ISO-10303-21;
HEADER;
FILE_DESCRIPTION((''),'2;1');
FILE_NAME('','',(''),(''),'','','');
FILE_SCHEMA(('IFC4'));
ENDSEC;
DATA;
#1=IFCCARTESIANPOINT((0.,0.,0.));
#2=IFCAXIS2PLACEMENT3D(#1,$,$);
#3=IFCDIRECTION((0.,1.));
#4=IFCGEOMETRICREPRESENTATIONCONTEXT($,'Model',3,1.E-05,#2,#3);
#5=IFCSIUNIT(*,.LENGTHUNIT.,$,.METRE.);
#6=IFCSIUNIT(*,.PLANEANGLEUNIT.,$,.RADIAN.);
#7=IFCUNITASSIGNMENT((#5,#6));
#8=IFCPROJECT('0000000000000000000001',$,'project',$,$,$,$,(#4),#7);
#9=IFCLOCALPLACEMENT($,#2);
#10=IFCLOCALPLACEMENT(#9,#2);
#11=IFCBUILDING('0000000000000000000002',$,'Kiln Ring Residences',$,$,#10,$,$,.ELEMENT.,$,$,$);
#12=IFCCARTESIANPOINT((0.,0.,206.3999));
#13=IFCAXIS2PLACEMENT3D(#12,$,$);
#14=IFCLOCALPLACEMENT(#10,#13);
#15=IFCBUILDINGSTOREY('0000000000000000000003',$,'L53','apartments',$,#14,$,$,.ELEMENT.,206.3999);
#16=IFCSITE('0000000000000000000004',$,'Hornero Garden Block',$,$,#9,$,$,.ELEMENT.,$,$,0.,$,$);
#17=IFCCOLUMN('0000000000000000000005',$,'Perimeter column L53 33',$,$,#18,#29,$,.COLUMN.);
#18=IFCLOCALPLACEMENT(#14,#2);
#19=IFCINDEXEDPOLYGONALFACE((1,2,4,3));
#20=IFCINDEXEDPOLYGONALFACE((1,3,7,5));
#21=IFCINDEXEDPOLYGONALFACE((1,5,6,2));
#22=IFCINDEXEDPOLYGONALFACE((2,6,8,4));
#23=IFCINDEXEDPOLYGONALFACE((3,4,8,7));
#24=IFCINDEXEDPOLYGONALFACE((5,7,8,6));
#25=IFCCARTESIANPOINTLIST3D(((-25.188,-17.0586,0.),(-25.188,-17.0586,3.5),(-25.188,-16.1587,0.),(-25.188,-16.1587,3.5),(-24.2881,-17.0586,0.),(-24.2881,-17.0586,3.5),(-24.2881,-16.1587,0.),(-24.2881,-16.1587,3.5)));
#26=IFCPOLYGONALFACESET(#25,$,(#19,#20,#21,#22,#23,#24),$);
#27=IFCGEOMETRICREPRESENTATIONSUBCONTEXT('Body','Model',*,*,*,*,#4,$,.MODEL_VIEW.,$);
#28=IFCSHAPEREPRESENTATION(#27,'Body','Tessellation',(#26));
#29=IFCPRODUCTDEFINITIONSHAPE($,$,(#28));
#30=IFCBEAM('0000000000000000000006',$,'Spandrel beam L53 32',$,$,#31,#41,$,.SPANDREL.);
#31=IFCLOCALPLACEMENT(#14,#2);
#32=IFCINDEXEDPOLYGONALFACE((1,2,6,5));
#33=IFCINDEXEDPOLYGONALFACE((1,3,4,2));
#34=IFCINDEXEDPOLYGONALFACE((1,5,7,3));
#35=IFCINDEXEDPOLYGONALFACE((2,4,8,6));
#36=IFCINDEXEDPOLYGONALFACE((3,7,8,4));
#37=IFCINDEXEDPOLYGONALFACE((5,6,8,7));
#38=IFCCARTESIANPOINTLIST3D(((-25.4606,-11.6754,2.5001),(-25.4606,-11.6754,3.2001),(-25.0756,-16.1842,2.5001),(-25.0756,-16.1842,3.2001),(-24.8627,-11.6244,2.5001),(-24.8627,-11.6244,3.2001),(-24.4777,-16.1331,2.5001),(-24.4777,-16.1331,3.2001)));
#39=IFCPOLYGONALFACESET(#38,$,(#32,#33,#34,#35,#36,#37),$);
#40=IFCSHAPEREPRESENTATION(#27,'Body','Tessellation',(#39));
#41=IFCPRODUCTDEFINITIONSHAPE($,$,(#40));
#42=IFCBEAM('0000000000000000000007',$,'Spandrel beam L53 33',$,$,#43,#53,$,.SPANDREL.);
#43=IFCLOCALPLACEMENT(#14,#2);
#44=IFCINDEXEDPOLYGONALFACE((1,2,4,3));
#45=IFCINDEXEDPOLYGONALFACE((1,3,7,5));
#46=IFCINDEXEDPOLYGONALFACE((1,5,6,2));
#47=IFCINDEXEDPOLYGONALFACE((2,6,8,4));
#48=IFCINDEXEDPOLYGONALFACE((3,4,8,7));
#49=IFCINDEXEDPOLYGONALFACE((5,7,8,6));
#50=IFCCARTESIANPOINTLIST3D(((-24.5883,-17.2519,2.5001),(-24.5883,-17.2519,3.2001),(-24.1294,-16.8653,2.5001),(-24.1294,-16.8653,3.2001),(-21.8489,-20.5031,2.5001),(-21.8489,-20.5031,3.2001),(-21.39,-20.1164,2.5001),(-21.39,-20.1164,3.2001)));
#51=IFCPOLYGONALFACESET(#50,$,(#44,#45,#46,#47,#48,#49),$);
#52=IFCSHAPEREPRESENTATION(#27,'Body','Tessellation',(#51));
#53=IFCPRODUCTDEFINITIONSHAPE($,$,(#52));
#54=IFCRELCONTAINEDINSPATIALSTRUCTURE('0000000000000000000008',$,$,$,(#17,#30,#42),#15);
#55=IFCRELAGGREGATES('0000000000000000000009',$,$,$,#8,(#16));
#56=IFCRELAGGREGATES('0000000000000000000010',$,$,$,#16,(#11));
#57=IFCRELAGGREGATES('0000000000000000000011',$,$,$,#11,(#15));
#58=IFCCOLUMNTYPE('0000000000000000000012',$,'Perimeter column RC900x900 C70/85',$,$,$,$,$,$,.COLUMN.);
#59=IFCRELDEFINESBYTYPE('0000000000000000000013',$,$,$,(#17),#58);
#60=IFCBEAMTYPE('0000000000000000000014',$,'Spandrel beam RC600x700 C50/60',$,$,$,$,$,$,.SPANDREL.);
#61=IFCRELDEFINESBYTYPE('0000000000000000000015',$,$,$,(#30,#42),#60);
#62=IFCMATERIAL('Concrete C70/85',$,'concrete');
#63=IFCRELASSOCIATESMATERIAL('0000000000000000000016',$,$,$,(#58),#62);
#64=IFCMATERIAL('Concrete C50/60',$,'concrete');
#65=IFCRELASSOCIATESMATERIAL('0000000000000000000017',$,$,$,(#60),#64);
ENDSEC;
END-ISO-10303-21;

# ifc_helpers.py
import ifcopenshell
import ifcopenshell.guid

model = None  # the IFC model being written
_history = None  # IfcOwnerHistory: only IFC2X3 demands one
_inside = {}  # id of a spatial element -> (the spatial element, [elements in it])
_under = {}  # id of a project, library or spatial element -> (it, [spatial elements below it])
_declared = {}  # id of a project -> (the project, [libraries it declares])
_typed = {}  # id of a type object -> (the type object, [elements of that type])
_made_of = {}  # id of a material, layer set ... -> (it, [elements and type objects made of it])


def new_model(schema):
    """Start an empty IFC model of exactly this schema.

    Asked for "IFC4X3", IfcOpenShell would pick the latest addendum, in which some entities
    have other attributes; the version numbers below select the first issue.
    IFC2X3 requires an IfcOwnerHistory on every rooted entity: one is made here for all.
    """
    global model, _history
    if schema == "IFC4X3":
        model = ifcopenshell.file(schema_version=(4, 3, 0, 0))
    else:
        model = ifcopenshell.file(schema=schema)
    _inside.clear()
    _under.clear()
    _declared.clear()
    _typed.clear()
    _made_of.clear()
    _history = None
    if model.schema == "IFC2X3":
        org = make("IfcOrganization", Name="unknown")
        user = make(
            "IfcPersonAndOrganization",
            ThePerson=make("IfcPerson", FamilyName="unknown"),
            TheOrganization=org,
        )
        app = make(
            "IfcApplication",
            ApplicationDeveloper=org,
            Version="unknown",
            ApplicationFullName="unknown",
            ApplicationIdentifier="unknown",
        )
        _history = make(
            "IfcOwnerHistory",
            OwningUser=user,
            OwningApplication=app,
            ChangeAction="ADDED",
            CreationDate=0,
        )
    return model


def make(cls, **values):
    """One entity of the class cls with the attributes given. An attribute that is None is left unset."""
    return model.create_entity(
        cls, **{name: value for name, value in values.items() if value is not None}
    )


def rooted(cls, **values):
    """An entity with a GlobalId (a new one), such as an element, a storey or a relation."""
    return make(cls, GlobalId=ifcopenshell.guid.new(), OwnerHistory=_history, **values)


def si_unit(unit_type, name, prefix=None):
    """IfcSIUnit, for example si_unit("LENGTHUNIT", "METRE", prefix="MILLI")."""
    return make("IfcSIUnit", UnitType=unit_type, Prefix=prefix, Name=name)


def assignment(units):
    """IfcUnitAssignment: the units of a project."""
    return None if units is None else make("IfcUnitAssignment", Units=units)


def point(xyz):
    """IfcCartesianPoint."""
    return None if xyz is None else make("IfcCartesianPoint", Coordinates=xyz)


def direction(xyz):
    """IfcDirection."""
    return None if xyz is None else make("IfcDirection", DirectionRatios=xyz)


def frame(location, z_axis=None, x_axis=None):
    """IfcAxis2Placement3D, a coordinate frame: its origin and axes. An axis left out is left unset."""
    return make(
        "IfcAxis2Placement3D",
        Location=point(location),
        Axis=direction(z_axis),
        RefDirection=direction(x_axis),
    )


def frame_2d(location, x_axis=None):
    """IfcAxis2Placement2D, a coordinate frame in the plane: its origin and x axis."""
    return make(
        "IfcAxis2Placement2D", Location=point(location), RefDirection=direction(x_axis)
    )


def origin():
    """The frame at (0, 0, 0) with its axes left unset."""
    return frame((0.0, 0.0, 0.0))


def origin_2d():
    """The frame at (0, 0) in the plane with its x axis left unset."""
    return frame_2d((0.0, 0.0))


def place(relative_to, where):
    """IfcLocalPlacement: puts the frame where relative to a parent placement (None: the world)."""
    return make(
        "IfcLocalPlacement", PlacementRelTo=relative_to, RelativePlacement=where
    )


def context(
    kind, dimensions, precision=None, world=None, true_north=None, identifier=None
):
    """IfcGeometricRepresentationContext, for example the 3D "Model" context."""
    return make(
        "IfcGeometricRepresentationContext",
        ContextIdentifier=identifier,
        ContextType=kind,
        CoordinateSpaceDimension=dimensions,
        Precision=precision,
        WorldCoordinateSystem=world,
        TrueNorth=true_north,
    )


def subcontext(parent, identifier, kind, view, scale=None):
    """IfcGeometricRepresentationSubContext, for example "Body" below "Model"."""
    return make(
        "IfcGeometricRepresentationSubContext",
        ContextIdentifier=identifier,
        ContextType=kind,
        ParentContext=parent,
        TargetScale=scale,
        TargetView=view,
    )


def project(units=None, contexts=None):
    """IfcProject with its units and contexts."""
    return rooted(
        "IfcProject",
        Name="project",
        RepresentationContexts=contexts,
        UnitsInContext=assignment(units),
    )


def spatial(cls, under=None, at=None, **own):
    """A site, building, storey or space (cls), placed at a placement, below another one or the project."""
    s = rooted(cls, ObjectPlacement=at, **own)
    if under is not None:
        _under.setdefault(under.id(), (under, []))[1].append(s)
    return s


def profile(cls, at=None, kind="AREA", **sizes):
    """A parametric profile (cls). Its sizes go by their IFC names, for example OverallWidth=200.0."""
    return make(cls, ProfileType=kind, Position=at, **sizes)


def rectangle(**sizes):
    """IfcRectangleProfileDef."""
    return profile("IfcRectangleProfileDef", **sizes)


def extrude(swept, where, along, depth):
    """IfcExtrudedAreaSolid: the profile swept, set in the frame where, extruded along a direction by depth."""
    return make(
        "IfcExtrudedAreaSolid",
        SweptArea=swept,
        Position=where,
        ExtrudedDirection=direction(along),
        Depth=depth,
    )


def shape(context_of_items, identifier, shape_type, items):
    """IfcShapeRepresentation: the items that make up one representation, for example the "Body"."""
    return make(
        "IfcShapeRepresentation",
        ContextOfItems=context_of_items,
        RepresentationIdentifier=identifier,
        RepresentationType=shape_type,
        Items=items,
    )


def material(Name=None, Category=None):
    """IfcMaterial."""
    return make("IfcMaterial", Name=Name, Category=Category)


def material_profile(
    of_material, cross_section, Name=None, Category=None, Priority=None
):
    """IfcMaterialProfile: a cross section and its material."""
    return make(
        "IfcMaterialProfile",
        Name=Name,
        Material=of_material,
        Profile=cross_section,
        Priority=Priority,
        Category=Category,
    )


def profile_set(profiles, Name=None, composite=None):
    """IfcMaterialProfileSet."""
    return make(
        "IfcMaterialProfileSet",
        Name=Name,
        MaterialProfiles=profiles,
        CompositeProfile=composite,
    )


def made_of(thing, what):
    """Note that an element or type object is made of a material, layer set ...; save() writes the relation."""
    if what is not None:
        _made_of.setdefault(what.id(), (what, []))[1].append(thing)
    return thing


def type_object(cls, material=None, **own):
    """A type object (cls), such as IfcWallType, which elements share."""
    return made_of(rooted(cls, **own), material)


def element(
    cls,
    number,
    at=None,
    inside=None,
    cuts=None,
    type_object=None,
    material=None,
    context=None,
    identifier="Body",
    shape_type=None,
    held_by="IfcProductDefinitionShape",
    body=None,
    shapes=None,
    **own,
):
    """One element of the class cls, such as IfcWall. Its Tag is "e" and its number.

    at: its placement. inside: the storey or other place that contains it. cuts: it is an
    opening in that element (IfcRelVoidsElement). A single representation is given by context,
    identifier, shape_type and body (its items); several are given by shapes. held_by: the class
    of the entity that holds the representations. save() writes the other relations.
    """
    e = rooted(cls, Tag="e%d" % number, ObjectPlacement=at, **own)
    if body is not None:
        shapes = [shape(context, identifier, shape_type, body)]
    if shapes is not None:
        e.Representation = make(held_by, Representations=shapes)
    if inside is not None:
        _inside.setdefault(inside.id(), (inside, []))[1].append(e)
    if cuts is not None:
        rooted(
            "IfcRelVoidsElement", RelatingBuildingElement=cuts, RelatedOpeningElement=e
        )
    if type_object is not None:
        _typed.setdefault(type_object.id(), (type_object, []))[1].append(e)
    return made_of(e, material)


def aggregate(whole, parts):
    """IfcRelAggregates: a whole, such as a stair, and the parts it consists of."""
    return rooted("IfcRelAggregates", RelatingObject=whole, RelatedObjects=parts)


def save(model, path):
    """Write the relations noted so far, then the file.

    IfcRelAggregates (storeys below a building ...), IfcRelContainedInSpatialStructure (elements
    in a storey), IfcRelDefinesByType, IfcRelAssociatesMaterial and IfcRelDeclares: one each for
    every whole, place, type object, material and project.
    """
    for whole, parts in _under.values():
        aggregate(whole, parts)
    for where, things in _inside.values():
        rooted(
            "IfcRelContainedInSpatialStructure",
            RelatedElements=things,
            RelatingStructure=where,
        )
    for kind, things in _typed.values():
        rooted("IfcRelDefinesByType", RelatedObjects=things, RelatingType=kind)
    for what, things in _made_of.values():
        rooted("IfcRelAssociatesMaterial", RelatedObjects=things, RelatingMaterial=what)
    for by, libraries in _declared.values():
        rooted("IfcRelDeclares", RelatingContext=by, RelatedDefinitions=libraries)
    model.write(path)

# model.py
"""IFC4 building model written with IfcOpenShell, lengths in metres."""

from ifc_helpers import new_model, si_unit, direction, frame, origin, origin_2d, place, context, subcontext, project, spatial, rectangle, extrude, material, material_profile, profile_set, type_object, element, save


model = new_model("IFC4")

# Units and contexts
model_context = context("Model", 3, precision=1e-05, world=origin(), true_north=direction((0.0, 1.0)))
body_context = subcontext(model_context, "Body", "Model", "MODEL_VIEW")
ifc_project = project(units=[si_unit("LENGTHUNIT", "METRE"), si_unit("PLANEANGLEUNIT", "RADIAN")], contexts=[model_context])

# Site, building, storey
site_placement = place(None, origin())
site = spatial("IfcSite", under=ifc_project, at=site_placement, Name="Hornero Garden Block", CompositionType="ELEMENT", RefElevation=0.0)
building_placement = place(site_placement, origin())
building = spatial("IfcBuilding", under=site, at=building_placement, Name="Kiln Ring Residences", CompositionType="ELEMENT")
storey_placement = place(building_placement, frame((0.0, 0.0, 206.3999)))
storey = spatial("IfcBuildingStorey", under=building, at=storey_placement, Name="L53", Description="apartments", CompositionType="ELEMENT", Elevation=206.3999)

# Column
ifc_material_1 = material(Name="Concrete C70/85", Category="concrete")
ifc_material_profile_1 = material_profile(ifc_material_1, rectangle(XDim=0.8999, YDim=0.8999, at=origin_2d()), Name="RC900x900")
ifc_profile_set_1 = profile_set([ifc_material_profile_1], Name="Concrete C70/85")
column_type = type_object("IfcColumnType", Name="Perimeter column RC900x900 C70/85", PredefinedType="COLUMN", material=ifc_profile_set_1)
column_placement = place(storey_placement, frame((-24.738, -16.6086, 0.0), z_axis=(0.0, 0.0, 1.0), x_axis=(1.0, 0.0, 0.0)))
element("IfcColumn", 1, at=column_placement, inside=storey, type_object=column_type, Name="Perimeter column L53 33", PredefinedType="COLUMN", context=body_context, shape_type="SweptSolid", body=[
    extrude(rectangle(XDim=0.8999, YDim=0.8999, at=origin_2d()), origin(), (0.0, 0.0, 1.0), 3.5),
])

# Beams
ifc_material_2 = material(Name="Concrete C50/60", Category="concrete")
ifc_material_profile_2 = material_profile(ifc_material_2, rectangle(XDim=0.6001, YDim=0.7, at=origin_2d()), Name="RC600x700")
ifc_profile_set_2 = profile_set([ifc_material_profile_2], Name="Concrete C50/60")
beam_type = type_object("IfcBeamType", Name="Spandrel beam RC600x700 C50/60", PredefinedType="SPANDREL", material=ifc_profile_set_2)
beam_1_placement = place(storey_placement, frame((-25.1616, -11.6499, 2.8501), z_axis=(0.085081, -0.996374, 0.0), x_axis=(0.996374, 0.085081, 0.0)))
element("IfcBeam", 2, at=beam_1_placement, inside=storey, type_object=beam_type, Name="Spandrel beam L53 32", PredefinedType="SPANDREL", context=body_context, shape_type="SweptSolid", body=[
    extrude(rectangle(XDim=0.6001, YDim=0.7, at=origin_2d()), origin(), (0.0, 0.0, 1.0), 4.5251),
])
beam_2_placement = place(storey_placement, frame((-24.3589, -17.0586, 2.8501), z_axis=(0.64436, -0.764722, 0.0), x_axis=(0.764722, 0.64436, 0.0)))
element("IfcBeam", 3, at=beam_2_placement, inside=storey, type_object=beam_type, Name="Spandrel beam L53 33", PredefinedType="SPANDREL", context=body_context, shape_type="SweptSolid", body=[
    extrude(rectangle(XDim=0.6001, YDim=0.7, at=origin_2d()), origin(), (0.0, 0.0, 1.0), 4.2515),
])

save(model, "model.ifc")
